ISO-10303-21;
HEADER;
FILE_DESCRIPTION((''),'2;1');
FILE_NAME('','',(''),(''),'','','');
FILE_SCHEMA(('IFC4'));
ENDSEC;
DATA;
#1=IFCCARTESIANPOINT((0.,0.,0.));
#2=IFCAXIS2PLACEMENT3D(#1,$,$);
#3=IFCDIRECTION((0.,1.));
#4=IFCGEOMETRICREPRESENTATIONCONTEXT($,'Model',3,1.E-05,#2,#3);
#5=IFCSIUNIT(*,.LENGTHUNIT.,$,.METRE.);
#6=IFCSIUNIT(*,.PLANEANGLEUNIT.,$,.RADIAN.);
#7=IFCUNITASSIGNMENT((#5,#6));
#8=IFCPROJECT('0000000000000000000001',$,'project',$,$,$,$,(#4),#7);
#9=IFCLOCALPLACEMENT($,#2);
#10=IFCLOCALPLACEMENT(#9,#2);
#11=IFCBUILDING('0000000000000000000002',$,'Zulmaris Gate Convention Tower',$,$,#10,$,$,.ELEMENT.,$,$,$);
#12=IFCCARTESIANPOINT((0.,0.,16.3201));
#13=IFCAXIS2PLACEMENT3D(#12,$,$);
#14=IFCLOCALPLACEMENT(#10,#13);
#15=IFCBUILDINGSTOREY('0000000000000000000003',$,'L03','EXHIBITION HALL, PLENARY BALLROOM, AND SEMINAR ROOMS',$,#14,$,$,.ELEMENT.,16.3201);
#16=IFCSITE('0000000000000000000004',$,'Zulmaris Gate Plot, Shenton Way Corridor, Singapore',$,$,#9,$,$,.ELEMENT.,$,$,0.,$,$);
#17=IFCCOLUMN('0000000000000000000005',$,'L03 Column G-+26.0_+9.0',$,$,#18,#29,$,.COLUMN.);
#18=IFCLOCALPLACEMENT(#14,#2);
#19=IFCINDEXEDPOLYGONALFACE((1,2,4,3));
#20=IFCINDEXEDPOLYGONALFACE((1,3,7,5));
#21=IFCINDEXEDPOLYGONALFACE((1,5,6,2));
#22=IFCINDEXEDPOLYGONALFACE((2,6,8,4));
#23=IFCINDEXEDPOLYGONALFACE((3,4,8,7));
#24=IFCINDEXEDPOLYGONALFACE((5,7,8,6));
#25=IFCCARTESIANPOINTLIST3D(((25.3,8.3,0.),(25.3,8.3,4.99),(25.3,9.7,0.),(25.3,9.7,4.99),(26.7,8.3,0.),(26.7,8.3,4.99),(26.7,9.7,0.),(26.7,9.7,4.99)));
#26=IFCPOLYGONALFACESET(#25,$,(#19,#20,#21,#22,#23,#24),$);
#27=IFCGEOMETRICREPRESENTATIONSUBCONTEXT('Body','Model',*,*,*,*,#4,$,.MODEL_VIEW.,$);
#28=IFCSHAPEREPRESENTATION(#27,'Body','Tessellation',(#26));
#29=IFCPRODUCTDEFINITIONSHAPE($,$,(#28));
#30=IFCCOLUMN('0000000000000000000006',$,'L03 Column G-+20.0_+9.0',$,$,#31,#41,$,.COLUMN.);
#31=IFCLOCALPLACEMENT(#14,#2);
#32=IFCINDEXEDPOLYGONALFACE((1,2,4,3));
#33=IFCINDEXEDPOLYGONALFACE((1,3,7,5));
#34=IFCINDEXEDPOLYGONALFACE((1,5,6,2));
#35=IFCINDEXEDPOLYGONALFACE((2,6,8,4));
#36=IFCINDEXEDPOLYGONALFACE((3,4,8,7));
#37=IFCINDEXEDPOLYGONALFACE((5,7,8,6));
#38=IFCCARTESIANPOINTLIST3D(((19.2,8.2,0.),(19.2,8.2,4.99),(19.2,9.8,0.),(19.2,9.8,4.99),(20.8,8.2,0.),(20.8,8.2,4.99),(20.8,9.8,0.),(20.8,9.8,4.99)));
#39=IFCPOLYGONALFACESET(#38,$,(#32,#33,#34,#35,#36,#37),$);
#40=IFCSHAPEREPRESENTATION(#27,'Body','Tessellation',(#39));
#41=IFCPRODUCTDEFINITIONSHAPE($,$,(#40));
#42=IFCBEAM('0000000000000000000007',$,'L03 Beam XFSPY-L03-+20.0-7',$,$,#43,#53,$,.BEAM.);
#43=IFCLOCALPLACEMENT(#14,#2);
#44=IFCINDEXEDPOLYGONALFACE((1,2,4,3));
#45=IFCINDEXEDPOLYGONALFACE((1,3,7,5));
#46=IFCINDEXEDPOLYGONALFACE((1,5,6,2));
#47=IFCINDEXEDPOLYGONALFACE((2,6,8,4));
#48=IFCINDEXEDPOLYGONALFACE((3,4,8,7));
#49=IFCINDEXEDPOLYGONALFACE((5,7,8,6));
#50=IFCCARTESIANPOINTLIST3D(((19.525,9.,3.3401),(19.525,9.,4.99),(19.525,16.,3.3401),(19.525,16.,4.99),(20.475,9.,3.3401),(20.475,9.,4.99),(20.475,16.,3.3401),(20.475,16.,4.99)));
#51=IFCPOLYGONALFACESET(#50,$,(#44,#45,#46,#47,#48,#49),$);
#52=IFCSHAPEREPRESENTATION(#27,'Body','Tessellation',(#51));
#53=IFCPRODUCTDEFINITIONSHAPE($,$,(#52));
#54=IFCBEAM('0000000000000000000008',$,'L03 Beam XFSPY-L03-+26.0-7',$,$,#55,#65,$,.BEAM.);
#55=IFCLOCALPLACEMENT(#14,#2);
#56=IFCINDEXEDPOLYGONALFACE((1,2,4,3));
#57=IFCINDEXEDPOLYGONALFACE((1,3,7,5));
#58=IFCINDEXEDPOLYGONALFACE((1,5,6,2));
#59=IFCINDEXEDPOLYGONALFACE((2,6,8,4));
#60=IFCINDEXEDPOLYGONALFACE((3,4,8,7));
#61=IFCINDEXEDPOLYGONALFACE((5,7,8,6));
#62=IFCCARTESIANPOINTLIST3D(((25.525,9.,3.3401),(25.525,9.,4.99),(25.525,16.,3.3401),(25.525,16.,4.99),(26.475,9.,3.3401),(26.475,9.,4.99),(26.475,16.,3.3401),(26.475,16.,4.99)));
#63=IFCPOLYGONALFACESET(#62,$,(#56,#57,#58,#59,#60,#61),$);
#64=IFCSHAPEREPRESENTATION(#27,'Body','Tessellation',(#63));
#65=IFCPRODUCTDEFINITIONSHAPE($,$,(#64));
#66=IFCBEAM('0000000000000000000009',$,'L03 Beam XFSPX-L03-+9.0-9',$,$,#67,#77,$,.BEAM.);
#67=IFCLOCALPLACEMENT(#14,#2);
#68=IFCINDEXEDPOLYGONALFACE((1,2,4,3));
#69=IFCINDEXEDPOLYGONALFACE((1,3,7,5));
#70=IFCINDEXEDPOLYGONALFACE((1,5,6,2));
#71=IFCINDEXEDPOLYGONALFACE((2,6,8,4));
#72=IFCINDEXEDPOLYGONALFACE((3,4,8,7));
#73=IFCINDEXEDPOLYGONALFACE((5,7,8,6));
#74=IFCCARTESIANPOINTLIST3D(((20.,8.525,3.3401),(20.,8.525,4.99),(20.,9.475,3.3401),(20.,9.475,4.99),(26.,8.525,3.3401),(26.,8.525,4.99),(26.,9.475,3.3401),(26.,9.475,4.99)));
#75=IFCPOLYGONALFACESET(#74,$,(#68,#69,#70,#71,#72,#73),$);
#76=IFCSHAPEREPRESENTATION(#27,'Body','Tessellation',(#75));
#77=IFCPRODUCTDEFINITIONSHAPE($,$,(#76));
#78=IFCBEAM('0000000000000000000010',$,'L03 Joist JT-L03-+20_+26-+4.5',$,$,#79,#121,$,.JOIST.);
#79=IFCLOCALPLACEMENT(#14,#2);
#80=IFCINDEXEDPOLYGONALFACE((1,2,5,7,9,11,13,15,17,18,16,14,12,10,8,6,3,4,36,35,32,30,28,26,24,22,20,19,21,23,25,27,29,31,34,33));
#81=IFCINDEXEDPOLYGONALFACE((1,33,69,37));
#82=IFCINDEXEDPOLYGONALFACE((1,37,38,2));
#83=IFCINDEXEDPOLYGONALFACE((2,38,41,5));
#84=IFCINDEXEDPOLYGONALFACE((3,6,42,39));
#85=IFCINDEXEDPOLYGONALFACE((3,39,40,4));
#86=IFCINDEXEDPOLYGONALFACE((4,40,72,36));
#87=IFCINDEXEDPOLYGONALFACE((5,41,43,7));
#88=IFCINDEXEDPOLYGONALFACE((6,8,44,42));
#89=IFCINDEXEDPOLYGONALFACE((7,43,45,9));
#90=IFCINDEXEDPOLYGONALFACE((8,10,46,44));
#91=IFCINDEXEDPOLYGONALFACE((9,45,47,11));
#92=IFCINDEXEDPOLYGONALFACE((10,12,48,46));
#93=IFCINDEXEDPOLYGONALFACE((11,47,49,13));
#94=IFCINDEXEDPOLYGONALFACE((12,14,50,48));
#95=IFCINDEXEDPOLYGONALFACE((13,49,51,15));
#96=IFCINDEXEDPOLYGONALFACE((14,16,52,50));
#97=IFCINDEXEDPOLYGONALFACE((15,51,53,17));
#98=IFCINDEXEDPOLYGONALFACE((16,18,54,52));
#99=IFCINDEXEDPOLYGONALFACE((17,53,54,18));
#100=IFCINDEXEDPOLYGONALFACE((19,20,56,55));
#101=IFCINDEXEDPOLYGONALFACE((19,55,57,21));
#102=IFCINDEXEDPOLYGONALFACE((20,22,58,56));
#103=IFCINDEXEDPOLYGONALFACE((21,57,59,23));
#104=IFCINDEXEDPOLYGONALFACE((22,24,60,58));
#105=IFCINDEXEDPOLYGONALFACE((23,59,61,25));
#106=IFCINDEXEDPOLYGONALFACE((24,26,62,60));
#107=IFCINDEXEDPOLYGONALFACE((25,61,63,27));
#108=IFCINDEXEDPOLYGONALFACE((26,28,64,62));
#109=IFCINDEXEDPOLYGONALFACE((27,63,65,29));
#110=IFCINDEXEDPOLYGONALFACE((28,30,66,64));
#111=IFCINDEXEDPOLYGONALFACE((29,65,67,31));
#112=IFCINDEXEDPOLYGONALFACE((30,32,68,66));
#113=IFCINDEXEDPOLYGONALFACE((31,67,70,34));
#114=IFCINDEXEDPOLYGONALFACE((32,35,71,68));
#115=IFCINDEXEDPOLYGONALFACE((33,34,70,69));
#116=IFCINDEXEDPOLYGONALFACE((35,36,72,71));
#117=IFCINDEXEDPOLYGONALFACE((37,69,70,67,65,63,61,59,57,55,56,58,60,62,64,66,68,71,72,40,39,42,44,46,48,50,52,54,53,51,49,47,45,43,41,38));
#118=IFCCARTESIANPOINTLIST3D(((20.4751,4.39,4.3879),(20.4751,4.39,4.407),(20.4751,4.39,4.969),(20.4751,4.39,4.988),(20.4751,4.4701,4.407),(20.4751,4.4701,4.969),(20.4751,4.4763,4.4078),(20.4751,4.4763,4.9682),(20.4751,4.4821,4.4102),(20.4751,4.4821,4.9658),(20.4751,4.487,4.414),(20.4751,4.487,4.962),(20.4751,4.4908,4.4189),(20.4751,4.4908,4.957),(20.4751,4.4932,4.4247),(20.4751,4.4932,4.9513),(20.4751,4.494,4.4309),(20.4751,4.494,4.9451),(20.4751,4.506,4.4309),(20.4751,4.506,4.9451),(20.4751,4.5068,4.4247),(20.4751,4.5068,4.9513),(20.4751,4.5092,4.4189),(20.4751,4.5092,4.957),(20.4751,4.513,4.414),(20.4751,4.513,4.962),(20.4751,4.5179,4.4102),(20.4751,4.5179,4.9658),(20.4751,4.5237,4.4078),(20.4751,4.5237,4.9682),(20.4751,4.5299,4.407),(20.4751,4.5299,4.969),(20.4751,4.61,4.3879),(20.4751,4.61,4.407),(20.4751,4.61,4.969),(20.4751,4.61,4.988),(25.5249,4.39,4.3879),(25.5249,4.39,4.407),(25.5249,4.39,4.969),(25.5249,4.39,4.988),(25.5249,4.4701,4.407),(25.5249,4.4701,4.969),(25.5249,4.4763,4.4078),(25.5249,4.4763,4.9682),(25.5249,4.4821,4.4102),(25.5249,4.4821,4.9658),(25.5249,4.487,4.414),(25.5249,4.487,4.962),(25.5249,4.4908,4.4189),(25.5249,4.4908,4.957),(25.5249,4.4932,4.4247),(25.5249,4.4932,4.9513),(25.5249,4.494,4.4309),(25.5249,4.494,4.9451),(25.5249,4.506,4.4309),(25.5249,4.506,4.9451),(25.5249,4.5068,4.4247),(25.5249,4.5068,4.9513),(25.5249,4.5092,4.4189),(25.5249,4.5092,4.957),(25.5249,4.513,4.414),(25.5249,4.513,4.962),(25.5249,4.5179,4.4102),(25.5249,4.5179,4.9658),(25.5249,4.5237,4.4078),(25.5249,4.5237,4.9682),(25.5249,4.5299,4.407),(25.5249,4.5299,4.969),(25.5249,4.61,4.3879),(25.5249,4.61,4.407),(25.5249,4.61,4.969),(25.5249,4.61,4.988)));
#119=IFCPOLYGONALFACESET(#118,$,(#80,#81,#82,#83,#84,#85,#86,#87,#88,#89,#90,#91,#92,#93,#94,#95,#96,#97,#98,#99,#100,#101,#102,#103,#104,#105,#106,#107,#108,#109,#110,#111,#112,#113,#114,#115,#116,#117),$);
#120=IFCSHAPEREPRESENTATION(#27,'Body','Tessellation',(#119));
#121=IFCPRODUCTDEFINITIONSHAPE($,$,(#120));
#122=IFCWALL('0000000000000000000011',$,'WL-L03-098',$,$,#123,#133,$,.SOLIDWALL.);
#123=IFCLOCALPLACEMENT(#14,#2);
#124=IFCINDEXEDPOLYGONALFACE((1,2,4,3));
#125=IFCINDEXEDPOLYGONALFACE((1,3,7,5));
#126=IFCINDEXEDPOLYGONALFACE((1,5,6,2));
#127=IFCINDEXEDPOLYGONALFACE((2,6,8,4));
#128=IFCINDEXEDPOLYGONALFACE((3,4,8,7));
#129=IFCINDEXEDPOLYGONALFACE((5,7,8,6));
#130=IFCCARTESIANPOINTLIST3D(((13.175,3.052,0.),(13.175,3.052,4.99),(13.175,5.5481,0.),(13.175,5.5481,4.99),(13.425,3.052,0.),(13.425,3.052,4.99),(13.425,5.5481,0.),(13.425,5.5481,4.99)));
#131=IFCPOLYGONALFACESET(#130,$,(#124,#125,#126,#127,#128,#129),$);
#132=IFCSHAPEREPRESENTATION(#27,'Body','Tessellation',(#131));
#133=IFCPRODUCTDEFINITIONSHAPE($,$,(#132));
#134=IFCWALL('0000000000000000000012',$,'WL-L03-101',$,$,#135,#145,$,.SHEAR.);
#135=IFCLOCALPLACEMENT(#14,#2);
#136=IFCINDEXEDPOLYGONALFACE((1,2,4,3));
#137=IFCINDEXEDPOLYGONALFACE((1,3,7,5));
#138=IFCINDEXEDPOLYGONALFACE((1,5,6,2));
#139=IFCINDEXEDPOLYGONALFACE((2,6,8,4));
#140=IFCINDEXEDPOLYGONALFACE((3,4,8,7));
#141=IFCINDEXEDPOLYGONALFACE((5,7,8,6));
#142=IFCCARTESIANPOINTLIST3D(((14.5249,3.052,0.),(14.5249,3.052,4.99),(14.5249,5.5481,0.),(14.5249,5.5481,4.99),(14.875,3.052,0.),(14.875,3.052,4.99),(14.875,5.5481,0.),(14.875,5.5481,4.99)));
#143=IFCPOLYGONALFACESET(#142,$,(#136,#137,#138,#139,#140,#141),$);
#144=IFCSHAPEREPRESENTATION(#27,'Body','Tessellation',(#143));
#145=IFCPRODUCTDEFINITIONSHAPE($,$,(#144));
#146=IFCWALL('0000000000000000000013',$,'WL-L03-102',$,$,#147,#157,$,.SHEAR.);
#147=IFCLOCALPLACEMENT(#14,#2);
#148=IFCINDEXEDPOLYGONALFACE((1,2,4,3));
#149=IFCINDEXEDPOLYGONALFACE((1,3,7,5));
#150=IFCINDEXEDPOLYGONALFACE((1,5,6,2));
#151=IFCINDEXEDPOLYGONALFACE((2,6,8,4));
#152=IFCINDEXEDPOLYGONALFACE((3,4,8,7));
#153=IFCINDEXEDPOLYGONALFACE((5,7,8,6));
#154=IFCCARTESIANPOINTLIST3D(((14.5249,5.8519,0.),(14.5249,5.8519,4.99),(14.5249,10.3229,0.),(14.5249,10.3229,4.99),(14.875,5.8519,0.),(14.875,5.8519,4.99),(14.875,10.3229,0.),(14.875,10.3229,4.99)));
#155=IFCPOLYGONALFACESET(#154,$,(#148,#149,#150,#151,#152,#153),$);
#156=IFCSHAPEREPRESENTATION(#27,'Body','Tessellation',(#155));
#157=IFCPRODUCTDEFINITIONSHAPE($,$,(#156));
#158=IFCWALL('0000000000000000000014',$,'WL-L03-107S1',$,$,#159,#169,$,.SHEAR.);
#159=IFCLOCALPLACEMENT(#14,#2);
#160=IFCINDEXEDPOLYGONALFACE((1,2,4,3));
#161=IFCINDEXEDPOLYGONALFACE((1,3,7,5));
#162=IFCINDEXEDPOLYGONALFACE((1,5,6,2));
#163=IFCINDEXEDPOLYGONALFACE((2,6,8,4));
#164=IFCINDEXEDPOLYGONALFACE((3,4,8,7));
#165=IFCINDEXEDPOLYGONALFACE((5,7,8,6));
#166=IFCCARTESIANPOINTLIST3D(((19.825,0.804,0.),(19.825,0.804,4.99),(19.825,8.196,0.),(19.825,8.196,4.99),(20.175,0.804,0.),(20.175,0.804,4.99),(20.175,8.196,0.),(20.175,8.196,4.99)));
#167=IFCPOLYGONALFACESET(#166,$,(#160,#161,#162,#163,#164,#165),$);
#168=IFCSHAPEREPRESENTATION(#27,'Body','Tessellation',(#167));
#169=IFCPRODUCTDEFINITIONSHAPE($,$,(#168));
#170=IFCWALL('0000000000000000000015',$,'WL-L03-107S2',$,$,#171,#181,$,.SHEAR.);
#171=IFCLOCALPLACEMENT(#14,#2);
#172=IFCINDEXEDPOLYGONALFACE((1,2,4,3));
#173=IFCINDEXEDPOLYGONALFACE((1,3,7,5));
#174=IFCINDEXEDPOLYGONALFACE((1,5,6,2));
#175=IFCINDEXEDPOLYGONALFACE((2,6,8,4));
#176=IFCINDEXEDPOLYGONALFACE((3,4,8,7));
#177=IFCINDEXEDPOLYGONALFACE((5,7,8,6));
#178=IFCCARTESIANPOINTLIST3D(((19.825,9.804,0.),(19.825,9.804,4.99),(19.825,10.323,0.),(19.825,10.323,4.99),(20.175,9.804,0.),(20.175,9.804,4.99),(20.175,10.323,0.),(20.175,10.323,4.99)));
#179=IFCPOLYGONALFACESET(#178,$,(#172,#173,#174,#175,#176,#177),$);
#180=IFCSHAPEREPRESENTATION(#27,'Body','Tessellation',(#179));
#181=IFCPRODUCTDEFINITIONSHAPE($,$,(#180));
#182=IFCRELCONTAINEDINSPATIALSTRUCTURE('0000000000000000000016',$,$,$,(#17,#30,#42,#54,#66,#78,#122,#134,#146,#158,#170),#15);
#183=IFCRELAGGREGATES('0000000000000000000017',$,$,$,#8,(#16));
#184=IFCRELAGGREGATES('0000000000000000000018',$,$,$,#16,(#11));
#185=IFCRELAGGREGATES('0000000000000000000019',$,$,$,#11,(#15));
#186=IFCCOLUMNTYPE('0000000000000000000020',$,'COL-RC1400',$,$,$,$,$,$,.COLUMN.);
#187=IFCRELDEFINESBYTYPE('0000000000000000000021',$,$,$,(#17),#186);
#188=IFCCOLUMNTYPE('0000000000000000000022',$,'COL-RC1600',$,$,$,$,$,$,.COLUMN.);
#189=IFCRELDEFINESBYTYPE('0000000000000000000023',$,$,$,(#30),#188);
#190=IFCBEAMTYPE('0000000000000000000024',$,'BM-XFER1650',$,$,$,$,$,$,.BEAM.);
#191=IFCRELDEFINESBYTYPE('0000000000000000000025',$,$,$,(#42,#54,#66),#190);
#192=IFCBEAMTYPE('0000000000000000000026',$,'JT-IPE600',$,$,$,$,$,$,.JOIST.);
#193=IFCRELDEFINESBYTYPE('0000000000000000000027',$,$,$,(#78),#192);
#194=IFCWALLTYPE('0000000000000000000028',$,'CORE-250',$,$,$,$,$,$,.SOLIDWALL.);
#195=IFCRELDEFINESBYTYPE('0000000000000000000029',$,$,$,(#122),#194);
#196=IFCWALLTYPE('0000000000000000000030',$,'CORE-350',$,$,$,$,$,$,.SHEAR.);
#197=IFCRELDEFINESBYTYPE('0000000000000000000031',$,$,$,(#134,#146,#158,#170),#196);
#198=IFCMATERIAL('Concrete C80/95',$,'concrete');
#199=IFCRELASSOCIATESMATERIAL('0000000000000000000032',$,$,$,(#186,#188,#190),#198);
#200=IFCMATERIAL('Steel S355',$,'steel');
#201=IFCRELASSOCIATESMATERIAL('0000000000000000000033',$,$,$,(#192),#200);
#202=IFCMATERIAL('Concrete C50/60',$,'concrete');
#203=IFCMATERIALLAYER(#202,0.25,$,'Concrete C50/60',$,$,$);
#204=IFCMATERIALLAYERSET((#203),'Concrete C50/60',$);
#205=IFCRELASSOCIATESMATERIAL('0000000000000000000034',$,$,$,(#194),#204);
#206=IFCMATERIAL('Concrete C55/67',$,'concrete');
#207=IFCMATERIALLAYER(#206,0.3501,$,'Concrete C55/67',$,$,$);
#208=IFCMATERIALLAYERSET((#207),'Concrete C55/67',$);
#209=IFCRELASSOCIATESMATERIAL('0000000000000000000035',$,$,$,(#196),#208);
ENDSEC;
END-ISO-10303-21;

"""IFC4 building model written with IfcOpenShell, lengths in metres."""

from ifc_helpers import new_model, si_unit, direction, frame, frame_2d, origin, origin_2d, place, context, subcontext, project, spatial, rectangle, i_section, extrude, material, layer, layer_set, material_profile, profile_set, type_object, element, save


model = new_model("IFC4")

# Units and contexts
model_context = context("Model", 3, precision=1e-05, world=origin(), true_north=direction((0.0, 1.0)))
body_context = subcontext(model_context, "Body", "Model", "MODEL_VIEW")
ifc_project = project(units=[si_unit("LENGTHUNIT", "METRE"), si_unit("PLANEANGLEUNIT", "RADIAN")], contexts=[model_context])

# Site, building, storey
site_placement = place(None, origin())
site = spatial("IfcSite", under=ifc_project, at=site_placement, Name="Zulmaris Gate Plot, Shenton Way Corridor, Singapore", CompositionType="ELEMENT", RefElevation=0.0)
building_placement = place(site_placement, origin())
building = spatial("IfcBuilding", under=site, at=building_placement, Name="Zulmaris Gate Convention Tower", CompositionType="ELEMENT")
storey_placement = place(building_placement, frame((0.0, 0.0, 16.3201)))
storey = spatial("IfcBuildingStorey", under=building, at=storey_placement, Name="L03", Description="EXHIBITION HALL, PLENARY BALLROOM, AND SEMINAR ROOMS", CompositionType="ELEMENT", Elevation=16.3201)

# Columns
ifc_material_1 = material(Name="Concrete C80/95", Category="concrete")
ifc_material_profile_1 = material_profile(ifc_material_1, rectangle(XDim=1.3999, YDim=1.3999, at=origin_2d()), Name="RC COL 1400x1400")
ifc_profile_set_1 = profile_set([ifc_material_profile_1], Name="Concrete C80/95")
column_type_1 = type_object("IfcColumnType", Name="COL-RC1400", PredefinedType="COLUMN", material=ifc_profile_set_1)
column_1_placement = place(storey_placement, frame((26.0, 9.0, 0.0), z_axis=(0.0, 0.0, 1.0), x_axis=(1.0, 0.0, 0.0)))
element("IfcColumn", 1, at=column_1_placement, inside=storey, type_object=column_type_1, Name="L03 Column G-+26.0_+9.0", PredefinedType="COLUMN", context=body_context, shape_type="SweptSolid", body=[
    extrude(rectangle(XDim=1.3999, YDim=1.3999, at=origin_2d()), origin(), (0.0, 0.0, 1.0), 4.99),
])
ifc_material_profile_2 = material_profile(ifc_material_1, rectangle(XDim=1.6001, YDim=1.6001, at=origin_2d()), Name="RC COL 1600x1600")
ifc_profile_set_2 = profile_set([ifc_material_profile_2], Name="Concrete C80/95")
column_type_2 = type_object("IfcColumnType", Name="COL-RC1600", PredefinedType="COLUMN", material=ifc_profile_set_2)
column_2_placement = place(storey_placement, frame((20.0, 9.0, 0.0), z_axis=(0.0, 0.0, 1.0), x_axis=(1.0, 0.0, 0.0)))
element("IfcColumn", 2, at=column_2_placement, inside=storey, type_object=column_type_2, Name="L03 Column G-+20.0_+9.0", PredefinedType="COLUMN", context=body_context, shape_type="SweptSolid", body=[
    extrude(rectangle(XDim=1.6001, YDim=1.6001, at=origin_2d()), origin(), (0.0, 0.0, 1.0), 4.99),
])

# Beams
ifc_material_profile_3 = material_profile(ifc_material_1, rectangle(XDim=0.95, YDim=1.6499, at=origin_2d()), Name="RC TRANSFER 950x1650")
ifc_profile_set_3 = profile_set([ifc_material_profile_3], Name="Concrete C80/95")
beam_type_1 = type_object("IfcBeamType", Name="BM-XFER1650", PredefinedType="BEAM", material=ifc_profile_set_3)
for number, where, z_axis, x_axis, name in (
    (3, (20.0, 9.0, 4.165), (0.0, 1.0, 0.0), (-1.0, 0.0, 0.0), "L03 Beam XFSPY-L03-+20.0-7"),
    (4, (26.0, 9.0, 4.165), (0.0, 1.0, 0.0), (-1.0, 0.0, 0.0), "L03 Beam XFSPY-L03-+26.0-7"),
):
    element("IfcBeam", number, at=place(storey_placement, frame(where, z_axis=z_axis, x_axis=x_axis)), inside=storey, type_object=beam_type_1, Name=name, PredefinedType="BEAM", context=body_context, shape_type="SweptSolid", body=[
        extrude(rectangle(XDim=0.95, YDim=1.6499, at=origin_2d()), origin(), (0.0, 0.0, 1.0), 7.0),
    ])
beam_1_placement = place(storey_placement, frame((20.0, 9.0, 4.165), z_axis=(1.0, 0.0, 0.0), x_axis=(0.0, 1.0, 0.0)))
element("IfcBeam", 5, at=beam_1_placement, inside=storey, type_object=beam_type_1, Name="L03 Beam XFSPX-L03-+9.0-9", PredefinedType="BEAM", context=body_context, shape_type="SweptSolid", body=[
    extrude(rectangle(XDim=0.95, YDim=1.6499, at=origin_2d()), origin(), (0.0, 0.0, 1.0), 6.0),
])
ifc_material_2 = material(Name="Steel S355", Category="steel")
ifc_material_profile_4 = material_profile(ifc_material_2, i_section(OverallWidth=0.22, OverallDepth=0.6001, WebThickness=0.012, FlangeThickness=0.019, FilletRadius=0.0239, at=origin_2d()), Name="IPE 600")
ifc_profile_set_4 = profile_set([ifc_material_profile_4], Name="Steel S355")
beam_type_2 = type_object("IfcBeamType", Name="JT-IPE600", PredefinedType="JOIST", material=ifc_profile_set_4)
beam_2_placement = place(storey_placement, frame((20.4751, 4.5, 4.688), z_axis=(1.0, 0.0, 0.0), x_axis=(0.0, 1.0, 0.0)))
element("IfcBeam", 6, at=beam_2_placement, inside=storey, type_object=beam_type_2, Name="L03 Joist JT-L03-+20_+26-+4.5", PredefinedType="JOIST", context=body_context, shape_type="SweptSolid", body=[
    extrude(i_section(OverallWidth=0.22, OverallDepth=0.6001, WebThickness=0.012, FlangeThickness=0.019, FilletRadius=0.0239, at=origin_2d()), origin(), (0.0, 0.0, 1.0), 5.0498),
])

# Walls
ifc_material_3 = material(Name="Concrete C50/60", Category="concrete")
ifc_layer_1 = layer(ifc_material_3, 0.25, Name="Concrete C50/60")
ifc_layer_set_1 = layer_set([ifc_layer_1], Name="Concrete C50/60")
wall_type_1 = type_object("IfcWallType", Name="CORE-250", PredefinedType="SOLIDWALL", material=ifc_layer_set_1)
wall_1_placement = place(storey_placement, frame((13.3, 3.052, 0.0), z_axis=(0.0, 0.0, 1.0), x_axis=(0.0, 1.0, 0.0)))
element("IfcWall", 7, at=wall_1_placement, inside=storey, type_object=wall_type_1, Name="WL-L03-098", PredefinedType="SOLIDWALL", context=body_context, shape_type="SweptSolid", body=[
    extrude(rectangle(XDim=2.4961, YDim=0.25, at=frame_2d((1.248, 0.0))), origin(), (0.0, 0.0, 1.0), 4.99),
])
ifc_material_4 = material(Name="Concrete C55/67", Category="concrete")
ifc_layer_2 = layer(ifc_material_4, 0.3501, Name="Concrete C55/67")
ifc_layer_set_2 = layer_set([ifc_layer_2], Name="Concrete C55/67")
wall_type_2 = type_object("IfcWallType", Name="CORE-350", PredefinedType="SHEAR", material=ifc_layer_set_2)
wall_2_placement = place(storey_placement, frame((14.7, 3.052, 0.0), z_axis=(0.0, 0.0, 1.0), x_axis=(0.0, 1.0, 0.0)))
element("IfcWall", 8, at=wall_2_placement, inside=storey, type_object=wall_type_2, Name="WL-L03-101", PredefinedType="SHEAR", context=body_context, shape_type="SweptSolid", body=[
    extrude(rectangle(XDim=2.4961, YDim=0.3501, at=frame_2d((1.248, 0.0))), origin(), (0.0, 0.0, 1.0), 4.99),
])
wall_3_placement = place(storey_placement, frame((14.7, 5.8521, 0.0), z_axis=(0.0, 0.0, 1.0), x_axis=(0.0, 1.0, 0.0)))
element("IfcWall", 9, at=wall_3_placement, inside=storey, type_object=wall_type_2, Name="WL-L03-102", PredefinedType="SHEAR", context=body_context, shape_type="SweptSolid", body=[
    extrude(rectangle(XDim=4.4709, YDim=0.3501, at=frame_2d((2.2354, 0.0))), origin(), (0.0, 0.0, 1.0), 4.99),
])
wall_4_placement = place(storey_placement, frame((20.0, 0.804, 0.0), z_axis=(0.0, 0.0, 1.0), x_axis=(0.0, 1.0, 0.0)))
element("IfcWall", 10, at=wall_4_placement, inside=storey, type_object=wall_type_2, Name="WL-L03-107S1", PredefinedType="SHEAR", context=body_context, shape_type="SweptSolid", body=[
    extrude(rectangle(XDim=7.3921, YDim=0.3501, at=frame_2d((3.696, 0.0))), origin(), (0.0, 0.0, 1.0), 4.99),
])
wall_5_placement = place(storey_placement, frame((20.0, 9.804, 0.0), z_axis=(0.0, 0.0, 1.0), x_axis=(0.0, 1.0, 0.0)))
element("IfcWall", 11, at=wall_5_placement, inside=storey, type_object=wall_type_2, Name="WL-L03-107S2", PredefinedType="SHEAR", context=body_context, shape_type="SweptSolid", body=[
    extrude(rectangle(XDim=0.519, YDim=0.3501, at=frame_2d((0.2595, 0.0))), origin(), (0.0, 0.0, 1.0), 4.99),
])

save(model, "model.ifc")
